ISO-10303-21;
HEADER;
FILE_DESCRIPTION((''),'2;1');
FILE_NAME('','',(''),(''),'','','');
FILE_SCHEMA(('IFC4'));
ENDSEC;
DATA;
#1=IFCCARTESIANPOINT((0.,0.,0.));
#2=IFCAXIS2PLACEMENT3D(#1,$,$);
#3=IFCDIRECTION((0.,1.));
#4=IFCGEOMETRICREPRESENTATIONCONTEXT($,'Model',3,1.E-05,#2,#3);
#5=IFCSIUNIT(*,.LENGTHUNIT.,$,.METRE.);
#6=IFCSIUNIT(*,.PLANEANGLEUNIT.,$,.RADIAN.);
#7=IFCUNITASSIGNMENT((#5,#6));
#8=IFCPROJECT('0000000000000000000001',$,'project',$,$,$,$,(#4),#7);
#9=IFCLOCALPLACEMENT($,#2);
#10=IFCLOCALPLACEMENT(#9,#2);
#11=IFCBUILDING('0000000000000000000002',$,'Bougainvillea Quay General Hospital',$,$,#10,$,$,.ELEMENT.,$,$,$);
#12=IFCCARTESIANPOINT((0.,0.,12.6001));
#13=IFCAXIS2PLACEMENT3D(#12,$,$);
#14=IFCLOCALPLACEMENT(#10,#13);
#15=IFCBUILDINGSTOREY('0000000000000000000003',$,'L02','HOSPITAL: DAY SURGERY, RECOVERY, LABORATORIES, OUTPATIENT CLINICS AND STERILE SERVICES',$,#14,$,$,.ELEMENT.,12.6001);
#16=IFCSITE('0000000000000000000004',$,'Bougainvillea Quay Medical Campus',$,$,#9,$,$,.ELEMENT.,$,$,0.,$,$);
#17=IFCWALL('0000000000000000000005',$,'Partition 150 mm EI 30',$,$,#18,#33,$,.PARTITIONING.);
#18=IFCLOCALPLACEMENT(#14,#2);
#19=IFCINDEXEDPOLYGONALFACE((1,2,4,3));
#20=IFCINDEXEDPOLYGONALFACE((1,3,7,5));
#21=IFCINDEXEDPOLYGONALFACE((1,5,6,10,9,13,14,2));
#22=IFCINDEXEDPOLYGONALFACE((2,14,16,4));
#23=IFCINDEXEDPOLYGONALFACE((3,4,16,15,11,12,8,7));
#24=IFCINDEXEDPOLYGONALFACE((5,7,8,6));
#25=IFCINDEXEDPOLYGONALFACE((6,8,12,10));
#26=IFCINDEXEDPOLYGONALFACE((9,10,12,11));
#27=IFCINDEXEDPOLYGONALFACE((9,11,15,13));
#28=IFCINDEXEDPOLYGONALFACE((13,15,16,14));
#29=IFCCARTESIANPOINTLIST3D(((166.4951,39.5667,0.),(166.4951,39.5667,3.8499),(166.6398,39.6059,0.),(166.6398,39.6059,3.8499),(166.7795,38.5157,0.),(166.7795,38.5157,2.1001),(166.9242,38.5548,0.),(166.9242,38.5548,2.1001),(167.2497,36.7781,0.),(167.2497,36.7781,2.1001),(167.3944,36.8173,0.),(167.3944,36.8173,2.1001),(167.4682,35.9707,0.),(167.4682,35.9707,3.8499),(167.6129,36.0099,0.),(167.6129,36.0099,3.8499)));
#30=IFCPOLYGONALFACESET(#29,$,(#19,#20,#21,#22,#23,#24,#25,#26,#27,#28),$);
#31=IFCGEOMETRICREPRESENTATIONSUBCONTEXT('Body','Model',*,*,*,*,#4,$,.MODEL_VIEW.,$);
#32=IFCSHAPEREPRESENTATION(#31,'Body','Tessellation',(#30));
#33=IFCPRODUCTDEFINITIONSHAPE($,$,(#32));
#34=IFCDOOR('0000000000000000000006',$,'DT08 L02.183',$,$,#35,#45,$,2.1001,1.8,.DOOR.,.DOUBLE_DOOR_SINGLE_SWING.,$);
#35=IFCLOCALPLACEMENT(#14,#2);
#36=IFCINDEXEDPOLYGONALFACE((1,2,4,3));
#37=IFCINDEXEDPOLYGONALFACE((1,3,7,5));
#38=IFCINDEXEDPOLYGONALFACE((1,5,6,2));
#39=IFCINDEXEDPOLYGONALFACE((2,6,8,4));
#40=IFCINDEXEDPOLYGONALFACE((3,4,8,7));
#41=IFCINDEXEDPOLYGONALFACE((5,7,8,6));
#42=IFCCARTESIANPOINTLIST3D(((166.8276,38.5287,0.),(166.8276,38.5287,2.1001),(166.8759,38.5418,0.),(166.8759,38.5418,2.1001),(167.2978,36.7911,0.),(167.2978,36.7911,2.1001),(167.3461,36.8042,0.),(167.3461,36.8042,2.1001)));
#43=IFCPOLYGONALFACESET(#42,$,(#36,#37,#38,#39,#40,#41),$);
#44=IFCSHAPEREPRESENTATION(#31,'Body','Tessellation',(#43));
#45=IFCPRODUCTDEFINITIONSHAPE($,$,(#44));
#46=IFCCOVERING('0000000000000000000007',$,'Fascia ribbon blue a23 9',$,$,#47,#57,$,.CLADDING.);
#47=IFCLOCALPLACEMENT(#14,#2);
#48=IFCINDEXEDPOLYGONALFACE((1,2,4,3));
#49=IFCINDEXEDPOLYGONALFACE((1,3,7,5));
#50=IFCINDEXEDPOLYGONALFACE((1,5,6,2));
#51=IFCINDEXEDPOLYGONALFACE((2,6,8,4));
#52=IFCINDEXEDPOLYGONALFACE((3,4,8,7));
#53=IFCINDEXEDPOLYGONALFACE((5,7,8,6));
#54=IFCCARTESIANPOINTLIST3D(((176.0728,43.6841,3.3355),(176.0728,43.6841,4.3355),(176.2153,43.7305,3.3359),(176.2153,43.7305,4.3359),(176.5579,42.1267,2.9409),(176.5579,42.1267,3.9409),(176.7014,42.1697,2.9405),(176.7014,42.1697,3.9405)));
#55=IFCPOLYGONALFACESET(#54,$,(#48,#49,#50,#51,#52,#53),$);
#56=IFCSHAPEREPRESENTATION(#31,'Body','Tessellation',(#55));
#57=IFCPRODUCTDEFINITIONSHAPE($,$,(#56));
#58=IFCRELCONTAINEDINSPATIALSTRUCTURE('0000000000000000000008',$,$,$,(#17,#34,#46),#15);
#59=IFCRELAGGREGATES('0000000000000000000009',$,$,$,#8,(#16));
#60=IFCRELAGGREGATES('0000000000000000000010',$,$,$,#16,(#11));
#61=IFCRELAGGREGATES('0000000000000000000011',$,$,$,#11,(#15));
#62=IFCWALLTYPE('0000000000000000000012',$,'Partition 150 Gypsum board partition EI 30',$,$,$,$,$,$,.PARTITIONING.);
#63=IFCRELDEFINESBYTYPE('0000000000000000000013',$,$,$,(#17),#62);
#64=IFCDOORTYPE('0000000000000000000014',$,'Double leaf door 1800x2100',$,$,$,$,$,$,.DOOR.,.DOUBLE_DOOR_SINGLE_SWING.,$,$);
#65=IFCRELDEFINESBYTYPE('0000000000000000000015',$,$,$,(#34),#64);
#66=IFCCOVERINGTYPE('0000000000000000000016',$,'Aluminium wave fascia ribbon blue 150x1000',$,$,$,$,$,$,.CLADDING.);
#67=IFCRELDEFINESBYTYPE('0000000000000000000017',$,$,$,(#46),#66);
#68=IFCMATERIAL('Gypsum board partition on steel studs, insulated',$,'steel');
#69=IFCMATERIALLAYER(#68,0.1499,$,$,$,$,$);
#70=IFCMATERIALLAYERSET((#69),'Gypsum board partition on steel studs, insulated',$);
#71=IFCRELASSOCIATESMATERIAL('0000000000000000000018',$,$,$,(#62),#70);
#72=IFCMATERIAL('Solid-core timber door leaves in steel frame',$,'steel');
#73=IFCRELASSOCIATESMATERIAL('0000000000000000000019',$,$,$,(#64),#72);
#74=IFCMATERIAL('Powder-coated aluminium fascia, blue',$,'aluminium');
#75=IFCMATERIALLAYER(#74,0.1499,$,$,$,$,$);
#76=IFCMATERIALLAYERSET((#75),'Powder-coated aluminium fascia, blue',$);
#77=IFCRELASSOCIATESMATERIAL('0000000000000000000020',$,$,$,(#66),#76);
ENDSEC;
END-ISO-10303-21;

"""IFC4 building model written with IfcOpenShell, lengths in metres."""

from ifc_helpers import new_model, si_unit, direction, frame, frame_2d, origin, place, context, subcontext, project, spatial, polyline, rectangle, outline, extrude, material, layer, layer_set, type_object, element, fill, save


model = new_model("IFC4")

# Units and contexts
model_context = context("Model", 3, precision=1e-05, world=origin(), true_north=direction((0.0, 1.0)))
body_context = subcontext(model_context, "Body", "Model", "MODEL_VIEW")
ifc_project = project(units=[si_unit("LENGTHUNIT", "METRE"), si_unit("PLANEANGLEUNIT", "RADIAN")], contexts=[model_context])

# Site, building, storey
site_placement = place(None, origin())
site = spatial("IfcSite", under=ifc_project, at=site_placement, Name="Bougainvillea Quay Medical Campus", CompositionType="ELEMENT", RefElevation=0.0)
building_placement = place(site_placement, origin())
building = spatial("IfcBuilding", under=site, at=building_placement, Name="Bougainvillea Quay General Hospital", CompositionType="ELEMENT")
storey_placement = place(building_placement, frame((0.0, 0.0, 12.6001)))
storey = spatial("IfcBuildingStorey", under=building, at=storey_placement, Name="L02", Description="HOSPITAL: DAY SURGERY, RECOVERY, LABORATORIES, OUTPATIENT CLINICS AND STERILE SERVICES", CompositionType="ELEMENT", Elevation=12.6001)

# Wall, opening, door
ifc_material_1 = material(Name="Gypsum board partition on steel studs, insulated", Category="steel")
ifc_layer_1 = layer(ifc_material_1, 0.1499)
ifc_layer_set_1 = layer_set([ifc_layer_1], Name="Gypsum board partition on steel studs, insulated")
wall_type_1 = type_object("IfcWallType", Name="Partition 150 Gypsum board partition EI 30", PredefinedType="PARTITIONING", material=ifc_layer_set_1)
wall_1_placement = place(storey_placement, frame((166.5674, 39.5864, 0.0), z_axis=(0.0, 0.0, 1.0), x_axis=(0.261226, -0.965278, 0.0)))
wall_1 = element("IfcWall", 1, at=wall_1_placement, inside=storey, type_object=wall_type_1, Name="Partition 150 mm EI 30", PredefinedType="PARTITIONING", context=body_context, shape_type="SweptSolid", body=[
    extrude(rectangle(XDim=3.7253, YDim=0.1499, at=frame_2d((1.8628, 0.0))), origin(), (0.0, 0.0, 1.0), 3.8499),
])
opening_1_placement = place(wall_1_placement, frame((1.0891, 0.0, 0.0)))
opening_1 = element("IfcOpeningElement", 2, at=opening_1_placement, cuts=wall_1, PredefinedType="OPENING", context=body_context, shape_type="SweptSolid", body=[
    extrude(rectangle(XDim=1.8, YDim=2.1001, at=frame_2d((0.8999, 1.05))), frame((0.0, 0.085, 0.0), z_axis=(0.0, -1.0, 0.0), x_axis=(1.0, 0.0, 0.0)), (0.0, 0.0, 1.0), 0.1699),
])
ifc_material_2 = material(Name="Solid-core timber door leaves in steel frame", Category="steel")
door_type_1 = type_object("IfcDoorType", Name="Double leaf door 1800x2100", OperationType="DOUBLE_DOOR_SINGLE_SWING", PredefinedType="DOOR", material=ifc_material_2)
door_1_placement = place(opening_1_placement, origin())
door_1 = element("IfcDoor", 3, at=door_1_placement, inside=storey, type_object=door_type_1, Name="DT08 L02.183", OperationType="DOUBLE_DOOR_SINGLE_SWING", OverallHeight=2.1001, OverallWidth=1.8, PredefinedType="DOOR", context=body_context, shape_type="SweptSolid", body=[
    extrude(rectangle(XDim=1.8, YDim=2.1001, at=frame_2d((0.8999, 1.05))), frame((0.0, 0.0249, 0.0), z_axis=(0.0, -1.0, 0.0), x_axis=(1.0, 0.0, 0.0)), (0.0, 0.0, 1.0), 0.05),
])
fill(opening_1, door_1)

# Covering
ifc_material_3 = material(Name="Powder-coated aluminium fascia, blue", Category="aluminium")
ifc_layer_2 = layer(ifc_material_3, 0.1499)
ifc_layer_set_2 = layer_set([ifc_layer_2], Name="Powder-coated aluminium fascia, blue")
covering_type = type_object("IfcCoveringType", Name="Aluminium wave fascia ribbon blue 150x1000", PredefinedType="CLADDING", material=ifc_layer_set_2)
covering_placement = place(storey_placement, frame((176.5579, 42.1267, 2.9409), z_axis=(0.070088, -0.224434, 0.971966), x_axis=(-0.28906, 0.927988, 0.235123)))
element("IfcCovering", 4, at=covering_placement, inside=storey, type_object=covering_type, Name="Fascia ribbon blue a23 9", PredefinedType="CLADDING", context=body_context, shape_type="SweptSolid", body=[
    extrude(outline(polyline([(0.0, 0.0), (1.6782, 0.0), (1.6802, -0.1499), (-0.0017, -0.1498), (0.0, 0.0)])), origin(), (0.235123, 0.000166, 0.971966), 1.0),
])

save(model, "model.ifc")
